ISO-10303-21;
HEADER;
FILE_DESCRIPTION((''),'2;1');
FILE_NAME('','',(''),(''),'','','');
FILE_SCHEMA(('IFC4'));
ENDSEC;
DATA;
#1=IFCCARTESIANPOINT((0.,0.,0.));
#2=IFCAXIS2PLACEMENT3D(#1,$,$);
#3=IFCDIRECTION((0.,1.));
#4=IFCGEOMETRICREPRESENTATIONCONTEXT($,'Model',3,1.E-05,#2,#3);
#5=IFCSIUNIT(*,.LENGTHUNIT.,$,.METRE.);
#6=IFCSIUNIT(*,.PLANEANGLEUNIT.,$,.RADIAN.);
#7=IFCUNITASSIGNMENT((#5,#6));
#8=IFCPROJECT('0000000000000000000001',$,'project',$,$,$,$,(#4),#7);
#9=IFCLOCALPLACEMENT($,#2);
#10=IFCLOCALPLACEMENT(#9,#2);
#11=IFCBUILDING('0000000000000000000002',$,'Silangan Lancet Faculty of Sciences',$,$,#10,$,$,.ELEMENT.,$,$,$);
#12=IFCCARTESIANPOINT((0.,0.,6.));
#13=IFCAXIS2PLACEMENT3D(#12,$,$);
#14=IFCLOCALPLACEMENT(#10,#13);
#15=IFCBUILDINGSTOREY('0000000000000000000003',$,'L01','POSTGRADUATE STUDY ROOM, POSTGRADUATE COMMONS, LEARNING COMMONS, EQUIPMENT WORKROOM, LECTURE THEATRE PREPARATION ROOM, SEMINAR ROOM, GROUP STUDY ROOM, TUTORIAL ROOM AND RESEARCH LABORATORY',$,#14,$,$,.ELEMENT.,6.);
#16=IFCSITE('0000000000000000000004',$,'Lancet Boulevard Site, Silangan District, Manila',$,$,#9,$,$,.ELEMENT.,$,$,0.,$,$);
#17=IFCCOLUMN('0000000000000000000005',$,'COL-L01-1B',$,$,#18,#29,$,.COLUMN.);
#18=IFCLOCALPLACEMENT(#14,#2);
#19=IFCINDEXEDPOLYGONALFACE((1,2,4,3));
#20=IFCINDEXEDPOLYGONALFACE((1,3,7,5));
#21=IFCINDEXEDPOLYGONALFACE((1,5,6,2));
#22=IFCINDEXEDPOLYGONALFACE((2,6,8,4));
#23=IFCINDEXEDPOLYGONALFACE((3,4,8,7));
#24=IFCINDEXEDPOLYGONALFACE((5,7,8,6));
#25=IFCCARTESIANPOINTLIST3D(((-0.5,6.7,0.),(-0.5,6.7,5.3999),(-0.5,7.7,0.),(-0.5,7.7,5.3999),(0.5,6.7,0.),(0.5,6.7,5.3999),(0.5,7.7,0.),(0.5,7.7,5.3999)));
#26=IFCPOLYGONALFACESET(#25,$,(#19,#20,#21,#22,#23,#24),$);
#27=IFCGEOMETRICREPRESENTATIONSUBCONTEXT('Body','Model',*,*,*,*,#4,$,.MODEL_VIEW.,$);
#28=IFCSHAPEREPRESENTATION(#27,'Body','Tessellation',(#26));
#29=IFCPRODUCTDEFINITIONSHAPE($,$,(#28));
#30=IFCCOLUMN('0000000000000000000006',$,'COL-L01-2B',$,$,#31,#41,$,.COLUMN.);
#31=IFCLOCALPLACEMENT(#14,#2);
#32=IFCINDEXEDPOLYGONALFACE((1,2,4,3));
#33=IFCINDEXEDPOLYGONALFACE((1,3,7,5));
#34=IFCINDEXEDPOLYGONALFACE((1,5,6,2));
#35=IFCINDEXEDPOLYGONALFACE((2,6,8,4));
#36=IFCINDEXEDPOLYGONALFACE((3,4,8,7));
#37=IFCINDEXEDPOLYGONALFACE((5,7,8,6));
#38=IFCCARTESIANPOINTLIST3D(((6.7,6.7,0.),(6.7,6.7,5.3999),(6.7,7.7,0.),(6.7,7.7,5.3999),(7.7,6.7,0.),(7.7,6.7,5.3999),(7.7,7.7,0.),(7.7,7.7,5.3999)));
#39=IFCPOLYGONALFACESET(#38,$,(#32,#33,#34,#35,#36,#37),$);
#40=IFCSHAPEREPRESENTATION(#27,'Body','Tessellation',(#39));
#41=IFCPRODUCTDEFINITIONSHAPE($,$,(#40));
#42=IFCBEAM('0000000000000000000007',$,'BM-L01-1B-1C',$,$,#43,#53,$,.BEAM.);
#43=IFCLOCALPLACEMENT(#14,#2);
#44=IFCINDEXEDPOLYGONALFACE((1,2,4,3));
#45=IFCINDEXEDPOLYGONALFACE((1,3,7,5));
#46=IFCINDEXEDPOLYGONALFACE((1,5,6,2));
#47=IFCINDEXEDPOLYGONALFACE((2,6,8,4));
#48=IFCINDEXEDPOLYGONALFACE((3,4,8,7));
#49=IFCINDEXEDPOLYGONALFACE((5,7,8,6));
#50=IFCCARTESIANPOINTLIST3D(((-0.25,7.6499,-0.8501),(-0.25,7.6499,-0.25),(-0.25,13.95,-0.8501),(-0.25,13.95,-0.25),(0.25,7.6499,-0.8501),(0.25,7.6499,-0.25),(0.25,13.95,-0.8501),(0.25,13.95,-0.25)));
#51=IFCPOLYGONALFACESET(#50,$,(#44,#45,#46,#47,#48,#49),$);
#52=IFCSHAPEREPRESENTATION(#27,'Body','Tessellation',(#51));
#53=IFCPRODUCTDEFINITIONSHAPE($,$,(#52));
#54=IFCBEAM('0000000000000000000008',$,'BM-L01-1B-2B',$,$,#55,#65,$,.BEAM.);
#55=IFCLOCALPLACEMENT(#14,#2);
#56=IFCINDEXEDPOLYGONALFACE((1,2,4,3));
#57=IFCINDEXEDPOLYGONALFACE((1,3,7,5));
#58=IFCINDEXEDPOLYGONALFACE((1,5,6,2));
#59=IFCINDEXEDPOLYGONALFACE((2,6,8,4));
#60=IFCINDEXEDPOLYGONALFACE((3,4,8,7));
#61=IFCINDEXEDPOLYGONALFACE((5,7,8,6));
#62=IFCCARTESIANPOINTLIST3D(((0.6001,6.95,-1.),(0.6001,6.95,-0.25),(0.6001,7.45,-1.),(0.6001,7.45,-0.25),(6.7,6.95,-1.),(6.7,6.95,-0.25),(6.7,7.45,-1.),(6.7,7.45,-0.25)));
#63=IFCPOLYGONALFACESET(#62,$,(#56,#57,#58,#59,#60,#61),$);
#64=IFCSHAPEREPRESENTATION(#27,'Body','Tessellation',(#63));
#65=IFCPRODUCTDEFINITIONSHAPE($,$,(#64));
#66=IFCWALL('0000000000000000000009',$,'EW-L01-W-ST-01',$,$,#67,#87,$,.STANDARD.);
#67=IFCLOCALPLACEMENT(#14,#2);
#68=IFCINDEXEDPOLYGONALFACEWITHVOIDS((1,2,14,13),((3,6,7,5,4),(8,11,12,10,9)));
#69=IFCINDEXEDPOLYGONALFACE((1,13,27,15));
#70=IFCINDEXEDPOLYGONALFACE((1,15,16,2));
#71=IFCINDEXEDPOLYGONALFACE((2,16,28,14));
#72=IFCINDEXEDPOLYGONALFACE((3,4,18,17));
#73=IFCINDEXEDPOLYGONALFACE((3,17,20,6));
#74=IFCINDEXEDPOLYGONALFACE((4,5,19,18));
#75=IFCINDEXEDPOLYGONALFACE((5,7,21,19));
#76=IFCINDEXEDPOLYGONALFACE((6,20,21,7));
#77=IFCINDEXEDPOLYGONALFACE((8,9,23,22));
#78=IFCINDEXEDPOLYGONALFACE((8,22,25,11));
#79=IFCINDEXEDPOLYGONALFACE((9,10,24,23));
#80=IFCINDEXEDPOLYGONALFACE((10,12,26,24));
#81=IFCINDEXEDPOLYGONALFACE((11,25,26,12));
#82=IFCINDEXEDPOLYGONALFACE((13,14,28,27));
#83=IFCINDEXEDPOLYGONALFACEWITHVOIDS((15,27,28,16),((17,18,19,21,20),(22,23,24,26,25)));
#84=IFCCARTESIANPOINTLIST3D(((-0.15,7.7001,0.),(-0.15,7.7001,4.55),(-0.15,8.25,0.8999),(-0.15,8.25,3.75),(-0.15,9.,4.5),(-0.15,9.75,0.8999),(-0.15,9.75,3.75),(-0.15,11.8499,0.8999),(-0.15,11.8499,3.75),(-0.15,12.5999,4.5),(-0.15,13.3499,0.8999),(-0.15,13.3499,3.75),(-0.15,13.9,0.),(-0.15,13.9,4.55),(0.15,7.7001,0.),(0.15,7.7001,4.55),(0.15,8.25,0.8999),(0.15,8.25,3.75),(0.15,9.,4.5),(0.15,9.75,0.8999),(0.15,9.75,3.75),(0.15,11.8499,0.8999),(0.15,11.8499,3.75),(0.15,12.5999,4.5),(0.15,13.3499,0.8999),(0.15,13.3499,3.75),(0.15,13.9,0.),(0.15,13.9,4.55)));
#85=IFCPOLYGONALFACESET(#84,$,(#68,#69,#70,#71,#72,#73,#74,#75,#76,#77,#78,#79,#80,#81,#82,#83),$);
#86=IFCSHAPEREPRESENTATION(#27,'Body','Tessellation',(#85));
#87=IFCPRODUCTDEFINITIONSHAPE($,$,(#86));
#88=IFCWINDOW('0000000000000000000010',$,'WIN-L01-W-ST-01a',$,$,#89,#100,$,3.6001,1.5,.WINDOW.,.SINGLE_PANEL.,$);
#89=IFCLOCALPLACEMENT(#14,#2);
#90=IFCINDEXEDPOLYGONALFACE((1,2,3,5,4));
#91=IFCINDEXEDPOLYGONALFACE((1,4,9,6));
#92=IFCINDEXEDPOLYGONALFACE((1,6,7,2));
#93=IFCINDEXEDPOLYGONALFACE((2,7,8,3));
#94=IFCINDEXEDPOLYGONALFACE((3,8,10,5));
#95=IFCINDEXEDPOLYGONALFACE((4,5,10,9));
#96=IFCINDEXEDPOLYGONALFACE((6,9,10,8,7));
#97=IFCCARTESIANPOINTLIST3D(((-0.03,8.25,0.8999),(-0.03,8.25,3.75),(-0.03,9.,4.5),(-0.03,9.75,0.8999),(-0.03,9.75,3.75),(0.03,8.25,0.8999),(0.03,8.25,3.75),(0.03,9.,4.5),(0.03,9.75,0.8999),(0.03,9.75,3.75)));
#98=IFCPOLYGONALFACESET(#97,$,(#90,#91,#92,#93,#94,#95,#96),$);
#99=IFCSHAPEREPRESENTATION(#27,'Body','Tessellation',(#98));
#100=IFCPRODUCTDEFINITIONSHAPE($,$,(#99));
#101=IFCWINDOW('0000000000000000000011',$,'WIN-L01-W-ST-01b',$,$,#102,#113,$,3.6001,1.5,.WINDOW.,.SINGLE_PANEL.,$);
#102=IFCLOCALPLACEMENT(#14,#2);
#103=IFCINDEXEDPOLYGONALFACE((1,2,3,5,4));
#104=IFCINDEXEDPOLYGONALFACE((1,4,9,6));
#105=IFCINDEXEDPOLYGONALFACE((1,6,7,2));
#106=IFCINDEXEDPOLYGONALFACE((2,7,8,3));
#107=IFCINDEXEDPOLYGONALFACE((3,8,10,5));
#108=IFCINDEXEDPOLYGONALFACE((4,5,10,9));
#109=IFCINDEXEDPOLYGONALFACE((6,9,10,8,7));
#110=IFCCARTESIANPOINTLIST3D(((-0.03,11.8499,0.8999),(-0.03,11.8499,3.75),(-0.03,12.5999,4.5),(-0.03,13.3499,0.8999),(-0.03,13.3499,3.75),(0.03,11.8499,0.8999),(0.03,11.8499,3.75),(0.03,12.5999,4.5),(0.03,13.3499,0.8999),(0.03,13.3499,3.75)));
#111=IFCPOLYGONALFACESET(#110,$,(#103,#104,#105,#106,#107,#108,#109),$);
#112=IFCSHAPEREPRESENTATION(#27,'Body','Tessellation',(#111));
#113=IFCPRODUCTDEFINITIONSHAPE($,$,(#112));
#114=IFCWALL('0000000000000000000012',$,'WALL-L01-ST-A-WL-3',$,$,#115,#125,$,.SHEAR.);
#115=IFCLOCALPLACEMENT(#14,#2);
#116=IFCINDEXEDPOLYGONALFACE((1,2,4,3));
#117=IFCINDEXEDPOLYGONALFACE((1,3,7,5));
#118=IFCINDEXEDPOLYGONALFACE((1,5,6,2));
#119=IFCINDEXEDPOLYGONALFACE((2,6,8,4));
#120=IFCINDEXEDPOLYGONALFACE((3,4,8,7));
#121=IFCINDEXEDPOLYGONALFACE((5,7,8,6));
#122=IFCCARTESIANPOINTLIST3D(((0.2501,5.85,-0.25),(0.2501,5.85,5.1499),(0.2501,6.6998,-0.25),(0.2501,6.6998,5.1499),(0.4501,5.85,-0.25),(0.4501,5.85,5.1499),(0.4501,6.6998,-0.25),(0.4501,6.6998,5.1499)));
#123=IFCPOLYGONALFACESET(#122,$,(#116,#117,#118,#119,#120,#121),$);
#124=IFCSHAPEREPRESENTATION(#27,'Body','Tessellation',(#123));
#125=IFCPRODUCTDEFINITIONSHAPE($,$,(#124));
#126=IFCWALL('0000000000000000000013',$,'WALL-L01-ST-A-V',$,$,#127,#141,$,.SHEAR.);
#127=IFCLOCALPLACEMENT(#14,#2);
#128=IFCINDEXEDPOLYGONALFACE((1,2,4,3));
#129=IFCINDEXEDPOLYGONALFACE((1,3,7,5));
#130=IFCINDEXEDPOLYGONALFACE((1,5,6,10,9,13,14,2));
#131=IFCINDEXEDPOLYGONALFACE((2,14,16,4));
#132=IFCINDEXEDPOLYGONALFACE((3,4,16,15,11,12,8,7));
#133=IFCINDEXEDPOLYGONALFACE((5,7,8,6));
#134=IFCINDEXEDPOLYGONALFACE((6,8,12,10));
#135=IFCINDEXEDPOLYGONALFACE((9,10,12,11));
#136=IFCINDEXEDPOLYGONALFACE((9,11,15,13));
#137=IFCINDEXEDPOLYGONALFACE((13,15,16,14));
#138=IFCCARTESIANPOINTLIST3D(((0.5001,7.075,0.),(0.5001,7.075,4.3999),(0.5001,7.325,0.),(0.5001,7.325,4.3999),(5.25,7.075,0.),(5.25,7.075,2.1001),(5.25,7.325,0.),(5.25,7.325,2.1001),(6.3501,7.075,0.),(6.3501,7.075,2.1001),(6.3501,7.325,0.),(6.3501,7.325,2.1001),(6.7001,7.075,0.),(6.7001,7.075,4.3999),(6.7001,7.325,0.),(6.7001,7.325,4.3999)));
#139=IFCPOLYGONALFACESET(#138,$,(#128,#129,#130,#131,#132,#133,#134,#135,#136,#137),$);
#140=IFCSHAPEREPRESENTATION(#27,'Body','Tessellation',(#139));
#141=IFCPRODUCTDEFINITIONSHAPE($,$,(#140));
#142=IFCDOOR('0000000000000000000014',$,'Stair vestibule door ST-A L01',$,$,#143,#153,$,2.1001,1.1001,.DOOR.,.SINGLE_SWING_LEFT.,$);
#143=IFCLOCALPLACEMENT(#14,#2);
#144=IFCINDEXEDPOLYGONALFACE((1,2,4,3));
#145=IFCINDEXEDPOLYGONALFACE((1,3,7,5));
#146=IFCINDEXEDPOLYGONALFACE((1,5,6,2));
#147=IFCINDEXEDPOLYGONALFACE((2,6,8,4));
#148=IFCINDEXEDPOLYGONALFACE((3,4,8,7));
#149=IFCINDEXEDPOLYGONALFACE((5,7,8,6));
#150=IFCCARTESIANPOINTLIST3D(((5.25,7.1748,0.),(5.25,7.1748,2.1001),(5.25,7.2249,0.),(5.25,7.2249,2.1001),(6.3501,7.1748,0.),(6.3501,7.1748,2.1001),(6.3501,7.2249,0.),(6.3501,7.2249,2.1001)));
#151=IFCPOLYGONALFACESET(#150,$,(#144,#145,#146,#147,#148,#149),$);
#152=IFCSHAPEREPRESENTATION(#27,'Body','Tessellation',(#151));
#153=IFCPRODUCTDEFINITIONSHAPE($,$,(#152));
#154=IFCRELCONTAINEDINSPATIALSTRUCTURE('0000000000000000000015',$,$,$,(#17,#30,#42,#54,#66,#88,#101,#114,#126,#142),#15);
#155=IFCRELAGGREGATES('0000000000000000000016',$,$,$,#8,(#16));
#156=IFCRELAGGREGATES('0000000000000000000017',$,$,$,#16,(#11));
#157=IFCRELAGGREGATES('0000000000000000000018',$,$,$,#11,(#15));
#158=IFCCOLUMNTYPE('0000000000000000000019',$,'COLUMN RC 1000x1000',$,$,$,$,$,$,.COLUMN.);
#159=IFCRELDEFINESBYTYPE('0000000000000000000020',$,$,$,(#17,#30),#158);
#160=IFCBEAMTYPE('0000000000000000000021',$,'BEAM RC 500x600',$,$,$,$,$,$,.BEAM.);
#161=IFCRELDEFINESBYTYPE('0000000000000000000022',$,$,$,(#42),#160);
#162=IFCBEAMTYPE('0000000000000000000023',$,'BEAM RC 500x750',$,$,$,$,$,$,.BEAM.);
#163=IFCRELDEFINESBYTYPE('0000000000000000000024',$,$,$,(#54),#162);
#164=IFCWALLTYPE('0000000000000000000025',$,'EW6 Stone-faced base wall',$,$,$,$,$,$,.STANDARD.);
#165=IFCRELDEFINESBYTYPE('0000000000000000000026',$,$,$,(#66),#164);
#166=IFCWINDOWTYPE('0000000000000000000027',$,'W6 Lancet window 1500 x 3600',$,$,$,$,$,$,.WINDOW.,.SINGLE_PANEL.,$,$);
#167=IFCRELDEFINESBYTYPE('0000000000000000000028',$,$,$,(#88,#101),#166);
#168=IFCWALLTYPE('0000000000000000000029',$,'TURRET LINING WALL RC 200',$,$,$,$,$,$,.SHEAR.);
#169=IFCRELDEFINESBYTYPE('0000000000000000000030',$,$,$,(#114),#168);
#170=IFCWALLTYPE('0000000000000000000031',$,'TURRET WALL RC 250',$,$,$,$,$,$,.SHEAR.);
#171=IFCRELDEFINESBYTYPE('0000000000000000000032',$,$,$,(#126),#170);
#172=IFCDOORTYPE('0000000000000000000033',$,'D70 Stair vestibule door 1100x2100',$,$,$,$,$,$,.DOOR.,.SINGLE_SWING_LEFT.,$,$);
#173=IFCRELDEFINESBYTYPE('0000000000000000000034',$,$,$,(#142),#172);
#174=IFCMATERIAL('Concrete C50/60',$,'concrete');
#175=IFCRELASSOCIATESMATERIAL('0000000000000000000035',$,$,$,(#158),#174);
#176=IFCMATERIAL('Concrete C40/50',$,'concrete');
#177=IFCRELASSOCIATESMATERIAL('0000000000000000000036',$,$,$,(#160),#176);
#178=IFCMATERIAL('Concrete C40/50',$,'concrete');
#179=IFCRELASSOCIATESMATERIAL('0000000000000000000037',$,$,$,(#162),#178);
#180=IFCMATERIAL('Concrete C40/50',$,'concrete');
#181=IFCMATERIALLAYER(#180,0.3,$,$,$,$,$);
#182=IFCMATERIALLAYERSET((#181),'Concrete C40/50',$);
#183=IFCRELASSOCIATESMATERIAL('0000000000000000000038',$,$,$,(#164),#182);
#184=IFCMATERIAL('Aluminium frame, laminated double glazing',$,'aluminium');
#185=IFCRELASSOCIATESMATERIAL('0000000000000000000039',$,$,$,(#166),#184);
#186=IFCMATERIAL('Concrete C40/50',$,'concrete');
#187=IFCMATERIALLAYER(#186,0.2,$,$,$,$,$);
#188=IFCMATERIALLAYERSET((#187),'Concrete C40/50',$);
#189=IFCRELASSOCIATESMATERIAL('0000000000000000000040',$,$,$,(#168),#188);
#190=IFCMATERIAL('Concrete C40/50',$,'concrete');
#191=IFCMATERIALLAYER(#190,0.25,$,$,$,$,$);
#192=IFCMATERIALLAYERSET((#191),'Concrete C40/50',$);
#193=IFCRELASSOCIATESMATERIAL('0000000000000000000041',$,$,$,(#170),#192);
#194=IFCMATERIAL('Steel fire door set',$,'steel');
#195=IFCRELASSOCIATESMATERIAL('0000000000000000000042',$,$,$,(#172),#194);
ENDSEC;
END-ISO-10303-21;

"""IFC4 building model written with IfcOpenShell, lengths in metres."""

from ifc_helpers import new_model, si_unit, direction, frame, frame_2d, origin, origin_2d, place, context, subcontext, project, spatial, polyline, rectangle, outline, extrude, material, layer, layer_set, material_profile, profile_set, type_object, element, fill, save


model = new_model("IFC4")

# Units and contexts
model_context = context("Model", 3, precision=1e-05, world=origin(), true_north=direction((0.0, 1.0)))
body_context = subcontext(model_context, "Body", "Model", "MODEL_VIEW")
ifc_project = project(units=[si_unit("LENGTHUNIT", "METRE"), si_unit("PLANEANGLEUNIT", "RADIAN")], contexts=[model_context])

# Site, building, storey
site_placement = place(None, origin())
site = spatial("IfcSite", under=ifc_project, at=site_placement, Name="Lancet Boulevard Site, Silangan District, Manila", CompositionType="ELEMENT", RefElevation=0.0)
building_placement = place(site_placement, origin())
building = spatial("IfcBuilding", under=site, at=building_placement, Name="Silangan Lancet Faculty of Sciences", CompositionType="ELEMENT")
storey_placement = place(building_placement, frame((0.0, 0.0, 6.0)))
storey = spatial("IfcBuildingStorey", under=building, at=storey_placement, Name="L01", Description="POSTGRADUATE STUDY ROOM, POSTGRADUATE COMMONS, LEARNING COMMONS, EQUIPMENT WORKROOM, LECTURE THEATRE PREPARATION ROOM, SEMINAR ROOM, GROUP STUDY ROOM, TUTORIAL ROOM AND RESEARCH LABORATORY", CompositionType="ELEMENT", Elevation=6.0)

# Columns
ifc_material_1 = material(Name="Concrete C50/60", Category="concrete")
ifc_material_profile_1 = material_profile(ifc_material_1, rectangle(XDim=1.0, YDim=1.0, at=origin_2d()), Name="RC 1000x1000")
ifc_profile_set_1 = profile_set([ifc_material_profile_1], Name="Concrete C50/60")
column_type = type_object("IfcColumnType", Name="COLUMN RC 1000x1000", PredefinedType="COLUMN", material=ifc_profile_set_1)
for number, where, z_axis, x_axis, name in (
    (1, (0.0, 7.2, 0.0), (0.0, 0.0, 1.0), (1.0, 0.0, 0.0), "COL-L01-1B"),
    (2, (7.2, 7.2, 0.0), (0.0, 0.0, 1.0), (1.0, 0.0, 0.0), "COL-L01-2B"),
):
    element("IfcColumn", number, at=place(storey_placement, frame(where, z_axis=z_axis, x_axis=x_axis)), inside=storey, type_object=column_type, Name=name, PredefinedType="COLUMN", context=body_context, shape_type="SweptSolid", body=[
        extrude(rectangle(XDim=1.0, YDim=1.0, at=origin_2d()), origin(), (0.0, 0.0, 1.0), 5.3999),
    ])

# Beams
ifc_material_2 = material(Name="Concrete C40/50", Category="concrete")
ifc_material_profile_2 = material_profile(ifc_material_2, rectangle(XDim=0.5, YDim=0.6001, at=origin_2d()), Name="RC 500x600")
ifc_profile_set_2 = profile_set([ifc_material_profile_2], Name="Concrete C40/50")
beam_type_1 = type_object("IfcBeamType", Name="BEAM RC 500x600", PredefinedType="BEAM", material=ifc_profile_set_2)
beam_1_placement = place(storey_placement, frame((0.0, 7.6499, -0.55), z_axis=(0.0, 1.0, 0.0), x_axis=(-1.0, 0.0, 0.0)))
element("IfcBeam", 3, at=beam_1_placement, inside=storey, type_object=beam_type_1, Name="BM-L01-1B-1C", PredefinedType="BEAM", context=body_context, shape_type="SweptSolid", body=[
    extrude(rectangle(XDim=0.5, YDim=0.6001, at=origin_2d()), origin(), (0.0, 0.0, 1.0), 6.3),
])
ifc_material_3 = material(Name="Concrete C40/50", Category="concrete")
ifc_material_profile_3 = material_profile(ifc_material_3, rectangle(XDim=0.5, YDim=0.75, at=origin_2d()), Name="RC 500x750")
ifc_profile_set_3 = profile_set([ifc_material_profile_3], Name="Concrete C40/50")
beam_type_2 = type_object("IfcBeamType", Name="BEAM RC 500x750", PredefinedType="BEAM", material=ifc_profile_set_3)
beam_2_placement = place(storey_placement, frame((0.6001, 7.2, -0.625), z_axis=(1.0, 0.0, 0.0), x_axis=(0.0, 1.0, 0.0)))
element("IfcBeam", 4, at=beam_2_placement, inside=storey, type_object=beam_type_2, Name="BM-L01-1B-2B", PredefinedType="BEAM", context=body_context, shape_type="SweptSolid", body=[
    extrude(rectangle(XDim=0.5, YDim=0.75, at=origin_2d()), origin(), (0.0, 0.0, 1.0), 6.0999),
])

# Wall, openings, windows
ifc_material_4 = material(Name="Concrete C40/50", Category="concrete")
ifc_layer_1 = layer(ifc_material_4, 0.3)
ifc_layer_set_1 = layer_set([ifc_layer_1], Name="Concrete C40/50")
wall_type_1 = type_object("IfcWallType", Name="EW6 Stone-faced base wall", PredefinedType="STANDARD", material=ifc_layer_set_1)
wall_1_placement = place(storey_placement, frame((0.0, 7.7, 0.0), z_axis=(0.0, 0.0, 1.0), x_axis=(0.0, 1.0, 0.0)))
wall_1 = element("IfcWall", 5, at=wall_1_placement, inside=storey, type_object=wall_type_1, Name="EW-L01-W-ST-01", PredefinedType="STANDARD", context=body_context, shape_type="SweptSolid", body=[
    extrude(rectangle(XDim=6.2, YDim=0.3, at=frame_2d((3.1001, 0.0))), origin(), (0.0, 0.0, 1.0), 4.55),
])
opening_1_placement = place(wall_1_placement, frame((0.55, 0.0, 0.8999)))
opening_1 = element("IfcOpeningElement", 6, at=opening_1_placement, cuts=wall_1, PredefinedType="OPENING", context=body_context, shape_type="SweptSolid", body=[
    extrude(outline(polyline([(0.0, 0.0), (1.5, 0.0), (1.5, 2.8501), (0.75, 3.6001), (0.0, 2.8501), (0.0, 0.0)])), frame((0.0, 0.1599, 0.0), z_axis=(0.0, -1.0, 0.0), x_axis=(1.0, 0.0, 0.0)), (0.0, 0.0, 1.0), 0.3201),
])
opening_2_placement = place(wall_1_placement, frame((4.1499, 0.0, 0.8999)))
opening_2 = element("IfcOpeningElement", 7, at=opening_2_placement, cuts=wall_1, PredefinedType="OPENING", context=body_context, shape_type="SweptSolid", body=[
    extrude(outline(polyline([(0.0, 0.0), (1.5, 0.0), (1.5, 2.8501), (0.75, 3.6001), (0.0, 2.8501), (0.0, 0.0)])), frame((0.0, 0.1599, 0.0), z_axis=(0.0, -1.0, 0.0), x_axis=(1.0, 0.0, 0.0)), (0.0, 0.0, 1.0), 0.3201),
])
ifc_material_5 = material(Name="Aluminium frame, laminated double glazing", Category="aluminium")
window_type = type_object("IfcWindowType", Name="W6 Lancet window 1500 x 3600", PartitioningType="SINGLE_PANEL", PredefinedType="WINDOW", material=ifc_material_5)
window_1_placement = place(opening_1_placement, origin())
window_1 = element("IfcWindow", 8, at=window_1_placement, inside=storey, type_object=window_type, Name="WIN-L01-W-ST-01a", OverallHeight=3.6001, OverallWidth=1.5, PartitioningType="SINGLE_PANEL", PredefinedType="WINDOW", context=body_context, shape_type="SweptSolid", body=[
    extrude(outline(polyline([(0.0, 0.0), (1.5, 0.0), (1.5, 2.8501), (0.75, 3.6001), (0.0, 2.8501), (0.0, 0.0)])), frame((0.0, 0.03, 0.0), z_axis=(0.0, -1.0, 0.0), x_axis=(1.0, 0.0, 0.0)), (0.0, 0.0, 1.0), 0.0601),
])
fill(opening_1, window_1)
window_2_placement = place(opening_2_placement, origin())
window_2 = element("IfcWindow", 9, at=window_2_placement, inside=storey, type_object=window_type, Name="WIN-L01-W-ST-01b", OverallHeight=3.6001, OverallWidth=1.5, PartitioningType="SINGLE_PANEL", PredefinedType="WINDOW", context=body_context, shape_type="SweptSolid", body=[
    extrude(outline(polyline([(0.0, 0.0), (1.5, 0.0), (1.5, 2.8501), (0.75, 3.6001), (0.0, 2.8501), (0.0, 0.0)])), frame((0.0, 0.03, 0.0), z_axis=(0.0, -1.0, 0.0), x_axis=(1.0, 0.0, 0.0)), (0.0, 0.0, 1.0), 0.0601),
])
fill(opening_2, window_2)

# Wall
ifc_material_6 = material(Name="Concrete C40/50", Category="concrete")
ifc_layer_2 = layer(ifc_material_6, 0.2)
ifc_layer_set_2 = layer_set([ifc_layer_2], Name="Concrete C40/50")
wall_type_2 = type_object("IfcWallType", Name="TURRET LINING WALL RC 200", PredefinedType="SHEAR", material=ifc_layer_set_2)
wall_2_placement = place(storey_placement, frame((0.3501, 5.8501, -0.25), z_axis=(0.0, 0.0, 1.0), x_axis=(0.0, 1.0, 0.0)))
element("IfcWall", 10, at=wall_2_placement, inside=storey, type_object=wall_type_2, Name="WALL-L01-ST-A-WL-3", PredefinedType="SHEAR", context=body_context, shape_type="SweptSolid", body=[
    extrude(rectangle(XDim=0.8499, YDim=0.2, at=frame_2d((0.4248, 0.0))), origin(), (0.0, 0.0, 1.0), 5.3999),
])

# Wall, opening, door
ifc_material_7 = material(Name="Concrete C40/50", Category="concrete")
ifc_layer_3 = layer(ifc_material_7, 0.25)
ifc_layer_set_3 = layer_set([ifc_layer_3], Name="Concrete C40/50")
wall_type_3 = type_object("IfcWallType", Name="TURRET WALL RC 250", PredefinedType="SHEAR", material=ifc_layer_set_3)
wall_3_placement = place(storey_placement, frame((0.5, 7.2, 0.0), z_axis=(0.0, 0.0, 1.0), x_axis=(1.0, 0.0, 0.0)))
wall_3 = element("IfcWall", 11, at=wall_3_placement, inside=storey, type_object=wall_type_3, Name="WALL-L01-ST-A-V", PredefinedType="SHEAR", context=body_context, shape_type="SweptSolid", body=[
    extrude(rectangle(XDim=6.2, YDim=0.25, at=frame_2d((3.1001, 0.0))), origin(), (0.0, 0.0, 1.0), 4.3999),
])
opening_3_placement = place(wall_3_placement, frame((4.75, 0.0, 0.0)))
opening_3 = element("IfcOpeningElement", 12, at=opening_3_placement, cuts=wall_3, PredefinedType="OPENING", context=body_context, shape_type="SweptSolid", body=[
    extrude(rectangle(XDim=1.1001, YDim=2.1001, at=frame_2d((0.55, 1.05))), frame((0.0, 0.135, 0.0), z_axis=(0.0, -1.0, 0.0), x_axis=(1.0, 0.0, 0.0)), (0.0, 0.0, 1.0), 0.27),
])
ifc_material_8 = material(Name="Steel fire door set", Category="steel")
door_type = type_object("IfcDoorType", Name="D70 Stair vestibule door 1100x2100", OperationType="SINGLE_SWING_LEFT", PredefinedType="DOOR", material=ifc_material_8)
door_placement = place(opening_3_placement, frame((1.1001, 0.0, 0.0), z_axis=(0.0, 0.0, 1.0), x_axis=(-1.0, 0.0, 0.0)))
door = element("IfcDoor", 13, at=door_placement, inside=storey, type_object=door_type, Name="Stair vestibule door ST-A L01", OperationType="SINGLE_SWING_LEFT", OverallHeight=2.1001, OverallWidth=1.1001, PredefinedType="DOOR", context=body_context, shape_type="SweptSolid", body=[
    extrude(rectangle(XDim=1.1001, YDim=2.1001, at=frame_2d((0.55, 1.05))), frame((0.0, 0.0251, 0.0), z_axis=(0.0, -1.0, 0.0), x_axis=(1.0, 0.0, 0.0)), (0.0, 0.0, 1.0), 0.05),
])
fill(opening_3, door)

save(model, "model.ifc")
